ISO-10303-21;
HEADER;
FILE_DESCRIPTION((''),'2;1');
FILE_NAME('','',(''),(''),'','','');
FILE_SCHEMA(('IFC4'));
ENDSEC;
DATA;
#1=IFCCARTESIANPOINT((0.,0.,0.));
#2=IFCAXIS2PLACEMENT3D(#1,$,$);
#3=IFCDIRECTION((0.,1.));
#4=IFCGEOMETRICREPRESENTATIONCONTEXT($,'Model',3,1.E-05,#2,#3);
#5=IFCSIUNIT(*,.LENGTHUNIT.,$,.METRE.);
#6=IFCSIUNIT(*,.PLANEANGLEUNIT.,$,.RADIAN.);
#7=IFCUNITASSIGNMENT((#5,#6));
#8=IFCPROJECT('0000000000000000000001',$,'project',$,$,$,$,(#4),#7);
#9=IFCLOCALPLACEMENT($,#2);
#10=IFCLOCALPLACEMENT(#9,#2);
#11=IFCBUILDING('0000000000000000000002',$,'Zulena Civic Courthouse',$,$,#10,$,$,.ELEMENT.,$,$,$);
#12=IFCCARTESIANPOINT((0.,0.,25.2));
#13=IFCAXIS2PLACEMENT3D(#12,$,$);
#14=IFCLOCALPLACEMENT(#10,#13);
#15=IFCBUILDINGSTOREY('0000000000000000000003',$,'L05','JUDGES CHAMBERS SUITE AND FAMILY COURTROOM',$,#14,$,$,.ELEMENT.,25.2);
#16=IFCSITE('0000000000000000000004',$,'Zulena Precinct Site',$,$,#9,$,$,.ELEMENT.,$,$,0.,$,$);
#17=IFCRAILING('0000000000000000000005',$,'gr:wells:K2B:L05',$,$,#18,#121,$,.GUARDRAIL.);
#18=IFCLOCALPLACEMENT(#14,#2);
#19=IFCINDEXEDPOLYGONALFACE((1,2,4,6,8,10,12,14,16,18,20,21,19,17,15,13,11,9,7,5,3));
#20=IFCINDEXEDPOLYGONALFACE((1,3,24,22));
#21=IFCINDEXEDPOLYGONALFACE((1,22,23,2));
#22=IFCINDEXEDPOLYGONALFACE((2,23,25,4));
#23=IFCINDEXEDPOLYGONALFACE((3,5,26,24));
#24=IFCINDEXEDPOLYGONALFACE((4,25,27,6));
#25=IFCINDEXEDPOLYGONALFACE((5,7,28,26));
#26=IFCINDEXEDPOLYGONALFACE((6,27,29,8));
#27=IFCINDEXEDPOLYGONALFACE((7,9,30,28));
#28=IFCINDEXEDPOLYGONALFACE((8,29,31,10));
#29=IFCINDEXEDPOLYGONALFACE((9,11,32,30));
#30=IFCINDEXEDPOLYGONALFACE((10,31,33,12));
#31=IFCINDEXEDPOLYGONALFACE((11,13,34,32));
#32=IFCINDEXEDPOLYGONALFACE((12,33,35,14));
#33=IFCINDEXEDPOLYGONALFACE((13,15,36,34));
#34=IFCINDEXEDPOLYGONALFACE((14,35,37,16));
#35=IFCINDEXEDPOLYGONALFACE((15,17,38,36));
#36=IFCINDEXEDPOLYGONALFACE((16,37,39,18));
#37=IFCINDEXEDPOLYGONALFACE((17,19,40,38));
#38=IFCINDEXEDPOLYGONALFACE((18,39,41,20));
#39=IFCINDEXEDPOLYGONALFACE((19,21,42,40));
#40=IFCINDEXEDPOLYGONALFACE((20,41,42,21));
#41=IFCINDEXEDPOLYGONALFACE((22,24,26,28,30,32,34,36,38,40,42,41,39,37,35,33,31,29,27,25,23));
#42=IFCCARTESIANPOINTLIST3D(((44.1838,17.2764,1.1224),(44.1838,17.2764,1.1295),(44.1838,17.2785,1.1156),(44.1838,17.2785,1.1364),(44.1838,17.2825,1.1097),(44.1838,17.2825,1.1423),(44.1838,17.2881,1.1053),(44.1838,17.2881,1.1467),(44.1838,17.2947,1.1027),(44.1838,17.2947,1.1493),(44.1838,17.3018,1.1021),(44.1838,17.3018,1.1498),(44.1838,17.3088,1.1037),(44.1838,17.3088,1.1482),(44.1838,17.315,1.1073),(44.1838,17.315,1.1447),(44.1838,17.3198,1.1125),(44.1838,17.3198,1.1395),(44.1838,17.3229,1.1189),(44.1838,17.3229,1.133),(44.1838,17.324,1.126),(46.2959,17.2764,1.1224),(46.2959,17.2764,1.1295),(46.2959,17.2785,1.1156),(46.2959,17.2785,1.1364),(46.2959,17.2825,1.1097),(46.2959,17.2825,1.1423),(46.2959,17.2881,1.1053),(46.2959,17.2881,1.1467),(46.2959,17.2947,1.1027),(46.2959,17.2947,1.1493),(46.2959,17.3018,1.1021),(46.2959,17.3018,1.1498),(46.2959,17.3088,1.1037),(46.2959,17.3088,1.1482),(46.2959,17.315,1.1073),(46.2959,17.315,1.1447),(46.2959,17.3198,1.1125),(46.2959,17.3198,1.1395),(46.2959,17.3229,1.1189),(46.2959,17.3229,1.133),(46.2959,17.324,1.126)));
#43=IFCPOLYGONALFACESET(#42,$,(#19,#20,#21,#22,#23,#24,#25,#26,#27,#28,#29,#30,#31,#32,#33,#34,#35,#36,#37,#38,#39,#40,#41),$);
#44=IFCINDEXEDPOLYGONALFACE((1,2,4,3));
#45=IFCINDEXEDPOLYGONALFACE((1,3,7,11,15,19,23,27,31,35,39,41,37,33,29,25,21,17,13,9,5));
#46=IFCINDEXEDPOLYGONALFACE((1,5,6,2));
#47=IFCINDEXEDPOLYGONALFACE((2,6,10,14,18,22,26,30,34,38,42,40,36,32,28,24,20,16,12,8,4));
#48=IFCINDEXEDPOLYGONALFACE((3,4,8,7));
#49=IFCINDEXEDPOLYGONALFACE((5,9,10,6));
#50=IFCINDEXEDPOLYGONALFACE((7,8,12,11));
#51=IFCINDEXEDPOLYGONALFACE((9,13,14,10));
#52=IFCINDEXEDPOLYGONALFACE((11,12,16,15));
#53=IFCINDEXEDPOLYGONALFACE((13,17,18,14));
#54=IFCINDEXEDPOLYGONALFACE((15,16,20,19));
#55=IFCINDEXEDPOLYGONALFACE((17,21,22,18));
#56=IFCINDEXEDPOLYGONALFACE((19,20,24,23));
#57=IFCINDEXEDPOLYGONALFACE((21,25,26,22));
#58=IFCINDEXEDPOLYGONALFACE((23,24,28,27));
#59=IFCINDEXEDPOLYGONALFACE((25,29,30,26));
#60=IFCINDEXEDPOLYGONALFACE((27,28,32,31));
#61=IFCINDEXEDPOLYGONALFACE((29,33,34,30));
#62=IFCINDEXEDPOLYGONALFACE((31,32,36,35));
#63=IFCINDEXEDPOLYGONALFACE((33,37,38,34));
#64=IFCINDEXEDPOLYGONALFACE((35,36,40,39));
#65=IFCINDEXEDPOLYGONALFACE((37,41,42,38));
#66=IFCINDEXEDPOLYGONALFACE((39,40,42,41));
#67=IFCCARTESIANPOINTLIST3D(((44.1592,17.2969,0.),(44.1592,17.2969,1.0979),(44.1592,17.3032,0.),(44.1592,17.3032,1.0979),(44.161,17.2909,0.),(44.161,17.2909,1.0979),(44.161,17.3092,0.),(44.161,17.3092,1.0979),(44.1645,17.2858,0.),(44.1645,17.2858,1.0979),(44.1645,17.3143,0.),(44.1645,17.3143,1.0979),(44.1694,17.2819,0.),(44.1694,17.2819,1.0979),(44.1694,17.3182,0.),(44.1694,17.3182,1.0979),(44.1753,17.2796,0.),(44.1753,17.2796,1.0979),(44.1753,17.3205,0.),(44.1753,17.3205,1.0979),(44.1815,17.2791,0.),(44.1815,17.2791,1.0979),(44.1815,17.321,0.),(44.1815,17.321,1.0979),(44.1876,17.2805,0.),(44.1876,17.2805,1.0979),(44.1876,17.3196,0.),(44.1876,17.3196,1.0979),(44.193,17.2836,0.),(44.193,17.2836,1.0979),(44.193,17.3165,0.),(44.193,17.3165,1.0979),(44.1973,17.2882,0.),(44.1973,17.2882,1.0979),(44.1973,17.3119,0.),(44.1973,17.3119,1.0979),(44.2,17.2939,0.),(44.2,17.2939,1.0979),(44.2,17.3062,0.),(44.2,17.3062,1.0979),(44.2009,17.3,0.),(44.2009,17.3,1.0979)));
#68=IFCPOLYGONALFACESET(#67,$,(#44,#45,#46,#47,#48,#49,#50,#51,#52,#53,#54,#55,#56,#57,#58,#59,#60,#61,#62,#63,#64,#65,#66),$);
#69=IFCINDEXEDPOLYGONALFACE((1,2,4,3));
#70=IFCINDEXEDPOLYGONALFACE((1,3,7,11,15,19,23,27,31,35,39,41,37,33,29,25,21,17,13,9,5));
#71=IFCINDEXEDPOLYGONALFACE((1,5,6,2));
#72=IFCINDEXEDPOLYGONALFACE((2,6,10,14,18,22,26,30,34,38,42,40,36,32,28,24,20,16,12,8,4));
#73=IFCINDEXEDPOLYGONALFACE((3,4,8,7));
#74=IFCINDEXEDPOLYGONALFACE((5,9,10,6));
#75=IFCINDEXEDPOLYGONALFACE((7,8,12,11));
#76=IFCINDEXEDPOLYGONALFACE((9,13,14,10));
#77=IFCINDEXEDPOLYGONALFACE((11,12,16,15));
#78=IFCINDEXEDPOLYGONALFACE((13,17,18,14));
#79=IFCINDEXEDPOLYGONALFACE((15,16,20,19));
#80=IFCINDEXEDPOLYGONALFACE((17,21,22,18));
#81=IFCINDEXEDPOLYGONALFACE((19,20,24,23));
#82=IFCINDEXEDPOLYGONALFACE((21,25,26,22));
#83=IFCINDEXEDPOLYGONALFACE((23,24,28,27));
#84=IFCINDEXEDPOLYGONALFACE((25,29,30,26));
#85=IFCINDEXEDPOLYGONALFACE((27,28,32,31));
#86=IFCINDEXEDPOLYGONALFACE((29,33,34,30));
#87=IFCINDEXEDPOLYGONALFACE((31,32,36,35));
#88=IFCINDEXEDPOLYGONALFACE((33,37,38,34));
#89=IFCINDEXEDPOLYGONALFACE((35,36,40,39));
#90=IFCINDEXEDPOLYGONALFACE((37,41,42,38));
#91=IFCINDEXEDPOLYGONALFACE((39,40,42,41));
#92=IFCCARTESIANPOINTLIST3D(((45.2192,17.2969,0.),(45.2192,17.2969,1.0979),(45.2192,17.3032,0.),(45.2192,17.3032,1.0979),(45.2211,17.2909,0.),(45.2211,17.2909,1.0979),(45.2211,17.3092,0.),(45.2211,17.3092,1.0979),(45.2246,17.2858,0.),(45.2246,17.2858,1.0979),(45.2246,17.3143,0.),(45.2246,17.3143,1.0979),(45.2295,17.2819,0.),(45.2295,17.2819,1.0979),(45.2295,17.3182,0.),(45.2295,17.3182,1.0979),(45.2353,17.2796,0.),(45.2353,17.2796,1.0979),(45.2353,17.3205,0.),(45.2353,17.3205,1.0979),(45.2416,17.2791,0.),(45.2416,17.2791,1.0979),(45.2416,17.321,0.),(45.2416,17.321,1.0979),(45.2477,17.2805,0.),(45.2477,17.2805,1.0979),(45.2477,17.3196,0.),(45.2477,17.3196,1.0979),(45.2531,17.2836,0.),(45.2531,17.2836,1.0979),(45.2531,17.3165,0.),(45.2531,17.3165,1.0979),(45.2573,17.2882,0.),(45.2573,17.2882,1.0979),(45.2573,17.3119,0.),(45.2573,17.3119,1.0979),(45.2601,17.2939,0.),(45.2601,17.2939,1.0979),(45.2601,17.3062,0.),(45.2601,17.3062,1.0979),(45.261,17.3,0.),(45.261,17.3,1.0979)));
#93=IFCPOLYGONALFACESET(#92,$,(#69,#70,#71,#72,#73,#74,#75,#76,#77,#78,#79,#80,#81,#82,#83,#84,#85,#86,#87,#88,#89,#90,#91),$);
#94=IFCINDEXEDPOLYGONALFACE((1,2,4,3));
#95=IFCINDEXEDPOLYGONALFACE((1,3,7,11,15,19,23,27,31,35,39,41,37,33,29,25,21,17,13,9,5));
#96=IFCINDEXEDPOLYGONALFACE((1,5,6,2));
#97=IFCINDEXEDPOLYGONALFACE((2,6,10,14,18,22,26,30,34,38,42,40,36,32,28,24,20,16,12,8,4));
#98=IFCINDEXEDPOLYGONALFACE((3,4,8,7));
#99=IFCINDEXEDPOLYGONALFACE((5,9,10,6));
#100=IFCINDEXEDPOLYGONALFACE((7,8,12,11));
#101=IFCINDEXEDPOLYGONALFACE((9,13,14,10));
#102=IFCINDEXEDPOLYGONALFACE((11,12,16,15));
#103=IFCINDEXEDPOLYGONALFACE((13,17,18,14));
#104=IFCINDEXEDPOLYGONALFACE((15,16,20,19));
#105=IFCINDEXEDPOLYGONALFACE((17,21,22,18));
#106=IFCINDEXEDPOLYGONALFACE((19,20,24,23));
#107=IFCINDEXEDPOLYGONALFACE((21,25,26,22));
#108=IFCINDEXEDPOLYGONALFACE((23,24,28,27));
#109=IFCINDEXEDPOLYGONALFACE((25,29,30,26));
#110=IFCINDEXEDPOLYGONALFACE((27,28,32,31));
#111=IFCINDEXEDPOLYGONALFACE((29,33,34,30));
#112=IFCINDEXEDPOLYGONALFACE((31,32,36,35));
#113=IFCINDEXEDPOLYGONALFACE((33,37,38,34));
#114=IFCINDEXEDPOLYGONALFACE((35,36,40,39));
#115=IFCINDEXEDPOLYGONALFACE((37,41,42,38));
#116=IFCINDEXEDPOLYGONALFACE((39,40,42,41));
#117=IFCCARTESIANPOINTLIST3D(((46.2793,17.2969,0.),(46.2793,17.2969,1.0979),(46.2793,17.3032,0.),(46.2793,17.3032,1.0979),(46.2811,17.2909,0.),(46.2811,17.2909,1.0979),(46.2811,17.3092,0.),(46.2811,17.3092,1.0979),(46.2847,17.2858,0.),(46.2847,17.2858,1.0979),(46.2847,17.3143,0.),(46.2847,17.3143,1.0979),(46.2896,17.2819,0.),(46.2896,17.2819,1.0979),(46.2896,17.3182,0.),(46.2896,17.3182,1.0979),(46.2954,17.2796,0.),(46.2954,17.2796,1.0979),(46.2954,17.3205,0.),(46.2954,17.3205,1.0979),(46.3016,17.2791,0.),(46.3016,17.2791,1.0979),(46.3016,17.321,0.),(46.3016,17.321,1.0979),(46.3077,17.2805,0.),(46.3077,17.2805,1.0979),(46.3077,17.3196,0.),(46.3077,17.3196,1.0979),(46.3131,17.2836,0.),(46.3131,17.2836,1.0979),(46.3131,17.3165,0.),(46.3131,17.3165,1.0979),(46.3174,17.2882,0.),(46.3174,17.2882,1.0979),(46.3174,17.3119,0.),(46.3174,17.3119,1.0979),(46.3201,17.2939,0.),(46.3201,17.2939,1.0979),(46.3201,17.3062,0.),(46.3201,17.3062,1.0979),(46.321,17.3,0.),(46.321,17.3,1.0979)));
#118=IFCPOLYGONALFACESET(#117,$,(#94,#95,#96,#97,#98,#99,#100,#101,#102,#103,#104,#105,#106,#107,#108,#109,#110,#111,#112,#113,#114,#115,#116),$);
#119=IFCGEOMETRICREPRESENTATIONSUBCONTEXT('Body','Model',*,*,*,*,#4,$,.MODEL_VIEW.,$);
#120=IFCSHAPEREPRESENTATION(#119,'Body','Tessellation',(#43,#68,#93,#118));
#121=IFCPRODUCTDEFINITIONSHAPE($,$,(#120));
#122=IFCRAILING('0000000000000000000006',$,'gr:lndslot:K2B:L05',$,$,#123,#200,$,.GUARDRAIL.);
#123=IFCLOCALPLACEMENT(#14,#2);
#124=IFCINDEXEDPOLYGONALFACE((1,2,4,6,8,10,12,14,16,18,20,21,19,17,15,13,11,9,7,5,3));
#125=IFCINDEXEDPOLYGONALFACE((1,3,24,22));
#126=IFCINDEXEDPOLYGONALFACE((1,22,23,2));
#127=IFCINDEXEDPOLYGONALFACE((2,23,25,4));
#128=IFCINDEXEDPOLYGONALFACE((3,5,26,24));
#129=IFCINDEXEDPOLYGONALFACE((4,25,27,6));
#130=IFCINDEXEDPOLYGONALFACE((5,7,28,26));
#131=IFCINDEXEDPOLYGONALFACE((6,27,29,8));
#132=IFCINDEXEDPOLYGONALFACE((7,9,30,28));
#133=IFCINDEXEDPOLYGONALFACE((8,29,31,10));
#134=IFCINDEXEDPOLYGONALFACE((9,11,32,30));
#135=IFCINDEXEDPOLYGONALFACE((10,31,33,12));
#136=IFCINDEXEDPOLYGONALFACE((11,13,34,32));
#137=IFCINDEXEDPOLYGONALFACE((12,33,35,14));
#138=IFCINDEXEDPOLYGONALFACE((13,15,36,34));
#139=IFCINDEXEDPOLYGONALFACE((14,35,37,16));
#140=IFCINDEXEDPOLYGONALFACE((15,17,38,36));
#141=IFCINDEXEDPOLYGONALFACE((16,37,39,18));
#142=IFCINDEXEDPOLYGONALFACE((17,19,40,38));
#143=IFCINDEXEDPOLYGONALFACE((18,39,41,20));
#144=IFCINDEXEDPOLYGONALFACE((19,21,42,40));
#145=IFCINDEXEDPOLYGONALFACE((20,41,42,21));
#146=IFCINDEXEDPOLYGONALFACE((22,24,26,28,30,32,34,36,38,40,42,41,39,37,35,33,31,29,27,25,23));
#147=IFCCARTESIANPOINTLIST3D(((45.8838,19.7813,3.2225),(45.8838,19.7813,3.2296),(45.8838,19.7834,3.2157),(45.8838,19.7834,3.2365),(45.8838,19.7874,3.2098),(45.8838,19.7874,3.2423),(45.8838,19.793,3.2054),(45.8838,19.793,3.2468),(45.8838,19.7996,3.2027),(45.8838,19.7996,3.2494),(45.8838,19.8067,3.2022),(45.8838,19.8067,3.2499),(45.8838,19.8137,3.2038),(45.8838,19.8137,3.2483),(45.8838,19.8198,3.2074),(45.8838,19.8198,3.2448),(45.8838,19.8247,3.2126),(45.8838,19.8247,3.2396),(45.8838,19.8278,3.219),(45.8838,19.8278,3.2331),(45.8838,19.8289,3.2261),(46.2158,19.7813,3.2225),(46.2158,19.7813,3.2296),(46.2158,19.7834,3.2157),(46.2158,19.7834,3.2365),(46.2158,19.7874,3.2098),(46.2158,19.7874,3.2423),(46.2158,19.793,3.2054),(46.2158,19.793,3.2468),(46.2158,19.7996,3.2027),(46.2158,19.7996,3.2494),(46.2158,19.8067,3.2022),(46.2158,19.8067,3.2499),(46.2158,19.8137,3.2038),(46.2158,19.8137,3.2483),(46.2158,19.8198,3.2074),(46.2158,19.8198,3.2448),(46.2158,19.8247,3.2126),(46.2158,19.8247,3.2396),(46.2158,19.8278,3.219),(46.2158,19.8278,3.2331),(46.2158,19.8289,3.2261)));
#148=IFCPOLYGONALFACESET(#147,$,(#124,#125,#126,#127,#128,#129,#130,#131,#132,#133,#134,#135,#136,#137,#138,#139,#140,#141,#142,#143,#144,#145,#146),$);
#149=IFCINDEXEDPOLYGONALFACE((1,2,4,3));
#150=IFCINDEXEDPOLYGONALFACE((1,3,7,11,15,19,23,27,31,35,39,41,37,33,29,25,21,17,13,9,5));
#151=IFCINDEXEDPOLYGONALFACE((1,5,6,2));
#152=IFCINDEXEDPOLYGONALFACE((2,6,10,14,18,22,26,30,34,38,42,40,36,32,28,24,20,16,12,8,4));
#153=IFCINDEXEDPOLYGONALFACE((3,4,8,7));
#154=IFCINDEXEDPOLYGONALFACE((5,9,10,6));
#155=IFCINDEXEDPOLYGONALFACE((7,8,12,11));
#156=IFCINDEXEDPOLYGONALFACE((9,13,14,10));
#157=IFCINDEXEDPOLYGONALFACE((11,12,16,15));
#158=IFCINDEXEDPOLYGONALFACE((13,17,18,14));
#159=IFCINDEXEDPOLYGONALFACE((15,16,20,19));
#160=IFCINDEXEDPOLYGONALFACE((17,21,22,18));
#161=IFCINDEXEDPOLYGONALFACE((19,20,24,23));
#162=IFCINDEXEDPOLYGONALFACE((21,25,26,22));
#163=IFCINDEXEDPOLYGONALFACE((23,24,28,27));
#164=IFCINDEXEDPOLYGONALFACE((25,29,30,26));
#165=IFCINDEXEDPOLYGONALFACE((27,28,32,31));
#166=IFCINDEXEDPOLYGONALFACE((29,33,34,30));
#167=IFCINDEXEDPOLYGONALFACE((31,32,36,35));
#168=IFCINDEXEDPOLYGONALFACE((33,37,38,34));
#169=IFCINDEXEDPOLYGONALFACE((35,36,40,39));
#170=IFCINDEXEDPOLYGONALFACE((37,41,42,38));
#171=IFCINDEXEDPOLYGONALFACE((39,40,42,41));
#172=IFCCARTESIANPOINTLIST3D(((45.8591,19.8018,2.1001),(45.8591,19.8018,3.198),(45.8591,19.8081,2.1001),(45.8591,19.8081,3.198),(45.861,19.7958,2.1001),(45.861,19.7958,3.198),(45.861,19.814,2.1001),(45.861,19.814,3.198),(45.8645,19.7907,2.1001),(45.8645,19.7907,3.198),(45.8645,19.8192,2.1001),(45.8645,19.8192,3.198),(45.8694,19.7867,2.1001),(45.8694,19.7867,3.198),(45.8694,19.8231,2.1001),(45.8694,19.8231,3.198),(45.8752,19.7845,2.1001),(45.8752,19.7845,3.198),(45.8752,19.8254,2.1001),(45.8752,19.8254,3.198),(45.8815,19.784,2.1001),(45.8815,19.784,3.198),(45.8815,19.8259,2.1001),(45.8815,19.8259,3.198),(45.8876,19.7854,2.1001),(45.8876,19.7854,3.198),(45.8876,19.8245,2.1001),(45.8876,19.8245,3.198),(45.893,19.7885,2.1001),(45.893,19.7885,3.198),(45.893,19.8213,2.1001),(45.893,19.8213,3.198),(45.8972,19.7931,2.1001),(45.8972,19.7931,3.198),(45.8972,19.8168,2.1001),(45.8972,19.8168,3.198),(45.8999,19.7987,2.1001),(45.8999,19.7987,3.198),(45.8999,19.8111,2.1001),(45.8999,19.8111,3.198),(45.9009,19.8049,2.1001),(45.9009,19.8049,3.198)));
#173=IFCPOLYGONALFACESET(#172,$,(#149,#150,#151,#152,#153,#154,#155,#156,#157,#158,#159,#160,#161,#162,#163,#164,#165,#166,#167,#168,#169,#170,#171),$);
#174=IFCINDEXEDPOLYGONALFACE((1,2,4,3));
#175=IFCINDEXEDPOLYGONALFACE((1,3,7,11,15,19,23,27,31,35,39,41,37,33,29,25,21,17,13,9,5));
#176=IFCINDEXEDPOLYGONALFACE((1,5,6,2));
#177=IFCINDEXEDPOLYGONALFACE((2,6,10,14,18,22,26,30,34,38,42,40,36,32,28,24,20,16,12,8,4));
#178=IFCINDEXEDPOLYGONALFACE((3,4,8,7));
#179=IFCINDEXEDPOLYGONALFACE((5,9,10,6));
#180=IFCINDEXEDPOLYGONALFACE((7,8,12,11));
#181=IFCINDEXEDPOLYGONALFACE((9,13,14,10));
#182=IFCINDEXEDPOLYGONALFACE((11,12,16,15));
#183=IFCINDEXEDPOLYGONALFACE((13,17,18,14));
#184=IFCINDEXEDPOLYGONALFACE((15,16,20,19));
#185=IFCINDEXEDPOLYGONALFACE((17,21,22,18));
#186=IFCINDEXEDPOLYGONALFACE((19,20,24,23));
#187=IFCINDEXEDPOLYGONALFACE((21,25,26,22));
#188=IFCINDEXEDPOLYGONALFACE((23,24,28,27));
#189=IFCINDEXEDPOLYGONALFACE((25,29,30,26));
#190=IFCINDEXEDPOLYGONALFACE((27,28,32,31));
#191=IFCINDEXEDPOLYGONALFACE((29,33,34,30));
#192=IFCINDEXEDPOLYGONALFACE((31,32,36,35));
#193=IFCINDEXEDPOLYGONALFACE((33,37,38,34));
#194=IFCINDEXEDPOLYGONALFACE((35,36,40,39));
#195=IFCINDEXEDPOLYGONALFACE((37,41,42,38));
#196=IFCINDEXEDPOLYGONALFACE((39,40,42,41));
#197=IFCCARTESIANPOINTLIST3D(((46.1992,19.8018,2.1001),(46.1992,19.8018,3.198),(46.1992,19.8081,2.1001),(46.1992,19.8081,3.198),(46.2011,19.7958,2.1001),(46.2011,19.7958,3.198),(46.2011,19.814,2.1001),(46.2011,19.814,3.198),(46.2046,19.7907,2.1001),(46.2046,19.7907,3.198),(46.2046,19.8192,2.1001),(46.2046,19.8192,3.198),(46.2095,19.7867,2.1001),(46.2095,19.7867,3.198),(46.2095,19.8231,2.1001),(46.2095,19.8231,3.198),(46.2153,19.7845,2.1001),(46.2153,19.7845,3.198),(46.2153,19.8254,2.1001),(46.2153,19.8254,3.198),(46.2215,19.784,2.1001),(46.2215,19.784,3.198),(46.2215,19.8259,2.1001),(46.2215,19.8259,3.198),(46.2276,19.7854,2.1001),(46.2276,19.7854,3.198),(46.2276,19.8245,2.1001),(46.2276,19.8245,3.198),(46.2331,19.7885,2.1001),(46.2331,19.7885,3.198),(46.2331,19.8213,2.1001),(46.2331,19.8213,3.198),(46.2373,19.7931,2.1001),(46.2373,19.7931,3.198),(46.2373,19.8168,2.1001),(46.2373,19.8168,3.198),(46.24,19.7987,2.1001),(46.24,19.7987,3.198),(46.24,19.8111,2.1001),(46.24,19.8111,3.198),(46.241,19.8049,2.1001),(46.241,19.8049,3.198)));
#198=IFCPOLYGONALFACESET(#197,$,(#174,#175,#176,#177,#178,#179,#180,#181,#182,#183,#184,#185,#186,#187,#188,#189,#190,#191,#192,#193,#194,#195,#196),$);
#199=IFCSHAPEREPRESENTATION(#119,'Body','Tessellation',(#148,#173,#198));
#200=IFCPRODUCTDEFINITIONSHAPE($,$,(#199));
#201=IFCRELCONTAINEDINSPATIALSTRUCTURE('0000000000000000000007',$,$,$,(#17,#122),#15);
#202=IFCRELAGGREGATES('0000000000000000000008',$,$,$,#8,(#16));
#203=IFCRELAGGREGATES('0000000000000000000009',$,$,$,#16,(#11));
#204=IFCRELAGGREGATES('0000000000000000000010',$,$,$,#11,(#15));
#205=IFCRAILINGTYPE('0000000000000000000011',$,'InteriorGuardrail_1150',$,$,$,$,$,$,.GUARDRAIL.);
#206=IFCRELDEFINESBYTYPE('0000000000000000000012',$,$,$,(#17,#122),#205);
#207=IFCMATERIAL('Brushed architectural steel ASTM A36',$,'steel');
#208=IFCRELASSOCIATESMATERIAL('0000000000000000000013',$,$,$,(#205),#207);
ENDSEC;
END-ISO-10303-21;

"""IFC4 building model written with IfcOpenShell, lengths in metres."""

from ifc_helpers import new_model, si_unit, direction, frame, origin, origin_2d, place, context, subcontext, project, spatial, circle, extrude, material, type_object, element, save


model = new_model("IFC4")

# Units and contexts
model_context = context("Model", 3, precision=1e-05, world=origin(), true_north=direction((0.0, 1.0)))
body_context = subcontext(model_context, "Body", "Model", "MODEL_VIEW")
ifc_project = project(units=[si_unit("LENGTHUNIT", "METRE"), si_unit("PLANEANGLEUNIT", "RADIAN")], contexts=[model_context])

# Site, building, storey
site_placement = place(None, origin())
site = spatial("IfcSite", under=ifc_project, at=site_placement, Name="Zulena Precinct Site", CompositionType="ELEMENT", RefElevation=0.0)
building_placement = place(site_placement, origin())
building = spatial("IfcBuilding", under=site, at=building_placement, Name="Zulena Civic Courthouse", CompositionType="ELEMENT")
storey_placement = place(building_placement, frame((0.0, 0.0, 25.2)))
storey = spatial("IfcBuildingStorey", under=building, at=storey_placement, Name="L05", Description="JUDGES CHAMBERS SUITE AND FAMILY COURTROOM", CompositionType="ELEMENT", Elevation=25.2)

# Railings
ifc_material_1 = material(Name="Brushed architectural steel ASTM A36", Category="steel")
railing_type_1 = type_object("IfcRailingType", Name="InteriorGuardrail_1150", PredefinedType="GUARDRAIL", material=ifc_material_1)
railing_1_placement = place(storey_placement, frame((44.1799, 17.3, 0.0)))
element("IfcRailing", 1, at=railing_1_placement, inside=storey, type_object=railing_type_1, Name="gr:wells:K2B:L05", PredefinedType="GUARDRAIL", context=body_context, shape_type="SweptSolid", body=[
    extrude(circle(Radius=0.0239, at=origin_2d()), frame((0.0039, 0.0, 1.126), z_axis=(1.0, 0.0, 0.0), x_axis=(0.0, 1.0, 0.0)), (0.0, 0.0, 1.0), 2.1121),
    extrude(circle(Radius=0.021, at=origin_2d()), origin(), (0.0, 0.0, 1.0), 1.0979),
    extrude(circle(Radius=0.021, at=origin_2d()), frame((1.0601, 0.0, 0.0)), (0.0, 0.0, 1.0), 1.0979),
    extrude(circle(Radius=0.021, at=origin_2d()), frame((2.1201, 0.0, 0.0)), (0.0, 0.0, 1.0), 1.0979),
])
railing_2_placement = place(storey_placement, frame((45.8799, 19.8049, 2.1001)))
element("IfcRailing", 2, at=railing_2_placement, inside=storey, type_object=railing_type_1, Name="gr:lndslot:K2B:L05", PredefinedType="GUARDRAIL", context=body_context, shape_type="SweptSolid", body=[
    extrude(circle(Radius=0.0239, at=origin_2d()), frame((0.0039, 0.0, 1.126), z_axis=(1.0, 0.0, 0.0), x_axis=(0.0, 1.0, 0.0)), (0.0, 0.0, 1.0), 0.332),
    extrude(circle(Radius=0.021, at=origin_2d()), origin(), (0.0, 0.0, 1.0), 1.0979),
    extrude(circle(Radius=0.021, at=origin_2d()), frame((0.3401, 0.0, 0.0)), (0.0, 0.0, 1.0), 1.0979),
])

save(model, "model.ifc")
